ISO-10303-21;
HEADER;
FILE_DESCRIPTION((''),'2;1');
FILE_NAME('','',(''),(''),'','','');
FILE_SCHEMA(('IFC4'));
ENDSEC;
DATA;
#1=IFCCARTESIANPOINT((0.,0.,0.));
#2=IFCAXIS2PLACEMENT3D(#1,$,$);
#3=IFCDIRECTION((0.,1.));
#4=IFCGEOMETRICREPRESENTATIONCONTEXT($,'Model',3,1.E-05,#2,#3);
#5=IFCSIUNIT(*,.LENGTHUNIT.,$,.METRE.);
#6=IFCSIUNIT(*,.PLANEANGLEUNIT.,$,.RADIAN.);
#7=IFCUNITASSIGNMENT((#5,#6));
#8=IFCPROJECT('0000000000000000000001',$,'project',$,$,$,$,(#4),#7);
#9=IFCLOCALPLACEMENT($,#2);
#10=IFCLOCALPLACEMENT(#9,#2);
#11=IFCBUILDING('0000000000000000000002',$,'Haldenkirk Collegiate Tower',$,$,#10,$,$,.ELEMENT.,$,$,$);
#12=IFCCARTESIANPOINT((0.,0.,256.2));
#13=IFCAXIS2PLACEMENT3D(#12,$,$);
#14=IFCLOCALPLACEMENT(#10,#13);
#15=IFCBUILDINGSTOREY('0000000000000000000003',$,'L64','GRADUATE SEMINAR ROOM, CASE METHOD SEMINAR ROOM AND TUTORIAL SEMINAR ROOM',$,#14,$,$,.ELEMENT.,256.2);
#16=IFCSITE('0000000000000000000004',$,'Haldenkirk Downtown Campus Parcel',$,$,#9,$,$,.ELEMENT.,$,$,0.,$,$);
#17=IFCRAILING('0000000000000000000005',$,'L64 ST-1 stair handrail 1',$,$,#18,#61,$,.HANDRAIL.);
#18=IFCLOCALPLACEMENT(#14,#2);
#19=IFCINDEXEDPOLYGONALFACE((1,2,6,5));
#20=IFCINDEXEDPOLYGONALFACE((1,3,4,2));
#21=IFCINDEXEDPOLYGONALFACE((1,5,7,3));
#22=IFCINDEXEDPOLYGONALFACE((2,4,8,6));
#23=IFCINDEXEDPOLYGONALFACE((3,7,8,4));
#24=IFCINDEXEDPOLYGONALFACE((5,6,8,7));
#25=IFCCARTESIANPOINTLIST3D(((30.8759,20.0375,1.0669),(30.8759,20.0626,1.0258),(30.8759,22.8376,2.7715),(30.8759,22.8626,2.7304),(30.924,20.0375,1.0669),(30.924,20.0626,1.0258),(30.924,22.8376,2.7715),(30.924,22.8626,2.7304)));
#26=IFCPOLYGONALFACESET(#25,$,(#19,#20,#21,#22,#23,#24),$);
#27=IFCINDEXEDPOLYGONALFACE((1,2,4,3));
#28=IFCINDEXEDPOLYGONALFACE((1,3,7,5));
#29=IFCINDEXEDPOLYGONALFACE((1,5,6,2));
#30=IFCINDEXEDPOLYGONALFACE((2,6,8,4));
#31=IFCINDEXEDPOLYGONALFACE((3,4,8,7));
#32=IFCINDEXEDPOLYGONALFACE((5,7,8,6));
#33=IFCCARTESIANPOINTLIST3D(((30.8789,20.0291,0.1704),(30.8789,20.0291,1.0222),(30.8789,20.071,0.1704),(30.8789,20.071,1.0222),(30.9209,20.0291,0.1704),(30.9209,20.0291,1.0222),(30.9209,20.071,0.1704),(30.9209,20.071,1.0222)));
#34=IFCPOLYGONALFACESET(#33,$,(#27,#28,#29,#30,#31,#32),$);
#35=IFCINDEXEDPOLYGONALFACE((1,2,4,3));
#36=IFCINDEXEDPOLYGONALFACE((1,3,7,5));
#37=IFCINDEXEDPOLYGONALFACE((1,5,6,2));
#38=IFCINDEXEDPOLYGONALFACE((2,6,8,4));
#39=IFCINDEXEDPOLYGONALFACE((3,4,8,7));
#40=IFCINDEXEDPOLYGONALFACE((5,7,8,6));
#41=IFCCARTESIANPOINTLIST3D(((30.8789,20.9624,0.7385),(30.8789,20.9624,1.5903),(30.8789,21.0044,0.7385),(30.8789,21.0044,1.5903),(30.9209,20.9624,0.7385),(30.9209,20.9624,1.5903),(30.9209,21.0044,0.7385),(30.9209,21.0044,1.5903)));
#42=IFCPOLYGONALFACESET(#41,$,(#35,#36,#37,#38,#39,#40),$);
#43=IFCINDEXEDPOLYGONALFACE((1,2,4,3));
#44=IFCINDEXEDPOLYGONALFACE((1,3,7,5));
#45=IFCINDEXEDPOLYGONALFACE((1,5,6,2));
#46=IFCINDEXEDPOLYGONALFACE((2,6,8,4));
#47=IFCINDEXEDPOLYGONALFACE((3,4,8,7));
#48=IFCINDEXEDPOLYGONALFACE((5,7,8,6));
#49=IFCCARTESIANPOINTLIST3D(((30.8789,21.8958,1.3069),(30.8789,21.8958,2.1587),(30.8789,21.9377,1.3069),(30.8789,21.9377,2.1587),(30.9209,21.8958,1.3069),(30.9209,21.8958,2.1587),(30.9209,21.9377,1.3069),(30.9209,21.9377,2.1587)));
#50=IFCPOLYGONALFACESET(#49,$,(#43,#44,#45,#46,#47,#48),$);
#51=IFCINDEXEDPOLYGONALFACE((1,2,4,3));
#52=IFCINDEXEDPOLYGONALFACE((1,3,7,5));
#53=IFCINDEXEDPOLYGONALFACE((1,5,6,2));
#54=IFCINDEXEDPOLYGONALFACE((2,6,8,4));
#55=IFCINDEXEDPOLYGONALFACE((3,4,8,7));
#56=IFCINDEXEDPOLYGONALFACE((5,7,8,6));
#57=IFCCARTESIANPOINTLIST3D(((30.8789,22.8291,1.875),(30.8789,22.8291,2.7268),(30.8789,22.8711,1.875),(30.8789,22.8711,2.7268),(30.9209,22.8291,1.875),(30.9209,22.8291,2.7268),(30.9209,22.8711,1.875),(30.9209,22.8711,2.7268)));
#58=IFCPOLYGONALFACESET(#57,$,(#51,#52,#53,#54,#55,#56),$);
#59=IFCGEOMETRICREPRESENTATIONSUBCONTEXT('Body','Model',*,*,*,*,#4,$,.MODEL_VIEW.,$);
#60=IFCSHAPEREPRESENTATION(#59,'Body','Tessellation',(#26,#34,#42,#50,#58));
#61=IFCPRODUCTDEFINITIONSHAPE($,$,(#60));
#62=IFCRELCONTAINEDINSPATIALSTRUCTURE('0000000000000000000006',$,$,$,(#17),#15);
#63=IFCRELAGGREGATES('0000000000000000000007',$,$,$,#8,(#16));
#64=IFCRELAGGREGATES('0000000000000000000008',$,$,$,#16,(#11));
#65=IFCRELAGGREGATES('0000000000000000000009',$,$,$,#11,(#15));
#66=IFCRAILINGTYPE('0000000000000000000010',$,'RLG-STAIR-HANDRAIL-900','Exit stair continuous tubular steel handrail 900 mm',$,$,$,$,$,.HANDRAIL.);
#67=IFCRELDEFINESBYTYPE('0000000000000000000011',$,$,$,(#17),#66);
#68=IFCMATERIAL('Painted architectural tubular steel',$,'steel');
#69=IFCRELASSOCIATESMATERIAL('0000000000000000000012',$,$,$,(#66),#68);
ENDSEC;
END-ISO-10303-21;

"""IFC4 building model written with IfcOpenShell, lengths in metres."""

from ifc_helpers import new_model, si_unit, direction, frame, origin, origin_2d, place, context, subcontext, project, spatial, rectangle, extrude, material, type_object, element, save


model = new_model("IFC4")

# Units and contexts
model_context = context("Model", 3, precision=1e-05, world=origin(), true_north=direction((0.0, 1.0)))
body_context = subcontext(model_context, "Body", "Model", "MODEL_VIEW")
ifc_project = project(units=[si_unit("LENGTHUNIT", "METRE"), si_unit("PLANEANGLEUNIT", "RADIAN")], contexts=[model_context])

# Site, building, storey
site_placement = place(None, origin())
site = spatial("IfcSite", under=ifc_project, at=site_placement, Name="Haldenkirk Downtown Campus Parcel", CompositionType="ELEMENT", RefElevation=0.0)
building_placement = place(site_placement, origin())
building = spatial("IfcBuilding", under=site, at=building_placement, Name="Haldenkirk Collegiate Tower", CompositionType="ELEMENT")
storey_placement = place(building_placement, frame((0.0, 0.0, 256.2)))
storey = spatial("IfcBuildingStorey", under=building, at=storey_placement, Name="L64", Description="GRADUATE SEMINAR ROOM, CASE METHOD SEMINAR ROOM AND TUTORIAL SEMINAR ROOM", CompositionType="ELEMENT", Elevation=256.2)

# Railing
ifc_material_1 = material(Name="Painted architectural tubular steel", Category="steel")
railing_type_1 = type_object("IfcRailingType", Name="RLG-STAIR-HANDRAIL-900", Description="Exit stair continuous tubular steel handrail 900 mm", PredefinedType="HANDRAIL", material=ifc_material_1)
railing_1_placement = place(storey_placement, frame((30.8999, 20.05, 0.1704)))
element("IfcRailing", 1, at=railing_1_placement, inside=storey, type_object=railing_type_1, Name="L64 ST-1 stair handrail 1", PredefinedType="HANDRAIL", context=body_context, shape_type="SweptSolid", body=[
    extrude(rectangle(XDim=0.0481, YDim=0.0481, at=origin_2d()), frame((0.0, 0.0, 0.876), z_axis=(0.0, 0.85417, 0.519994), x_axis=(-1.0, 0.0, 0.0)), (0.0, 0.0, 1.0), 3.2781),
    extrude(rectangle(XDim=0.042, YDim=0.042, at=origin_2d()), origin(), (0.0, 0.0, 1.0), 0.8518),
    extrude(rectangle(XDim=0.042, YDim=0.042, at=origin_2d()), frame((0.0, 0.9333, 0.5681)), (0.0, 0.0, 1.0), 0.8518),
    extrude(rectangle(XDim=0.042, YDim=0.042, at=origin_2d()), frame((0.0, 1.8667, 1.1365)), (0.0, 0.0, 1.0), 0.8518),
    extrude(rectangle(XDim=0.042, YDim=0.042, at=origin_2d()), frame((0.0, 2.8, 1.7046)), (0.0, 0.0, 1.0), 0.8518),
])

save(model, "model.ifc")
